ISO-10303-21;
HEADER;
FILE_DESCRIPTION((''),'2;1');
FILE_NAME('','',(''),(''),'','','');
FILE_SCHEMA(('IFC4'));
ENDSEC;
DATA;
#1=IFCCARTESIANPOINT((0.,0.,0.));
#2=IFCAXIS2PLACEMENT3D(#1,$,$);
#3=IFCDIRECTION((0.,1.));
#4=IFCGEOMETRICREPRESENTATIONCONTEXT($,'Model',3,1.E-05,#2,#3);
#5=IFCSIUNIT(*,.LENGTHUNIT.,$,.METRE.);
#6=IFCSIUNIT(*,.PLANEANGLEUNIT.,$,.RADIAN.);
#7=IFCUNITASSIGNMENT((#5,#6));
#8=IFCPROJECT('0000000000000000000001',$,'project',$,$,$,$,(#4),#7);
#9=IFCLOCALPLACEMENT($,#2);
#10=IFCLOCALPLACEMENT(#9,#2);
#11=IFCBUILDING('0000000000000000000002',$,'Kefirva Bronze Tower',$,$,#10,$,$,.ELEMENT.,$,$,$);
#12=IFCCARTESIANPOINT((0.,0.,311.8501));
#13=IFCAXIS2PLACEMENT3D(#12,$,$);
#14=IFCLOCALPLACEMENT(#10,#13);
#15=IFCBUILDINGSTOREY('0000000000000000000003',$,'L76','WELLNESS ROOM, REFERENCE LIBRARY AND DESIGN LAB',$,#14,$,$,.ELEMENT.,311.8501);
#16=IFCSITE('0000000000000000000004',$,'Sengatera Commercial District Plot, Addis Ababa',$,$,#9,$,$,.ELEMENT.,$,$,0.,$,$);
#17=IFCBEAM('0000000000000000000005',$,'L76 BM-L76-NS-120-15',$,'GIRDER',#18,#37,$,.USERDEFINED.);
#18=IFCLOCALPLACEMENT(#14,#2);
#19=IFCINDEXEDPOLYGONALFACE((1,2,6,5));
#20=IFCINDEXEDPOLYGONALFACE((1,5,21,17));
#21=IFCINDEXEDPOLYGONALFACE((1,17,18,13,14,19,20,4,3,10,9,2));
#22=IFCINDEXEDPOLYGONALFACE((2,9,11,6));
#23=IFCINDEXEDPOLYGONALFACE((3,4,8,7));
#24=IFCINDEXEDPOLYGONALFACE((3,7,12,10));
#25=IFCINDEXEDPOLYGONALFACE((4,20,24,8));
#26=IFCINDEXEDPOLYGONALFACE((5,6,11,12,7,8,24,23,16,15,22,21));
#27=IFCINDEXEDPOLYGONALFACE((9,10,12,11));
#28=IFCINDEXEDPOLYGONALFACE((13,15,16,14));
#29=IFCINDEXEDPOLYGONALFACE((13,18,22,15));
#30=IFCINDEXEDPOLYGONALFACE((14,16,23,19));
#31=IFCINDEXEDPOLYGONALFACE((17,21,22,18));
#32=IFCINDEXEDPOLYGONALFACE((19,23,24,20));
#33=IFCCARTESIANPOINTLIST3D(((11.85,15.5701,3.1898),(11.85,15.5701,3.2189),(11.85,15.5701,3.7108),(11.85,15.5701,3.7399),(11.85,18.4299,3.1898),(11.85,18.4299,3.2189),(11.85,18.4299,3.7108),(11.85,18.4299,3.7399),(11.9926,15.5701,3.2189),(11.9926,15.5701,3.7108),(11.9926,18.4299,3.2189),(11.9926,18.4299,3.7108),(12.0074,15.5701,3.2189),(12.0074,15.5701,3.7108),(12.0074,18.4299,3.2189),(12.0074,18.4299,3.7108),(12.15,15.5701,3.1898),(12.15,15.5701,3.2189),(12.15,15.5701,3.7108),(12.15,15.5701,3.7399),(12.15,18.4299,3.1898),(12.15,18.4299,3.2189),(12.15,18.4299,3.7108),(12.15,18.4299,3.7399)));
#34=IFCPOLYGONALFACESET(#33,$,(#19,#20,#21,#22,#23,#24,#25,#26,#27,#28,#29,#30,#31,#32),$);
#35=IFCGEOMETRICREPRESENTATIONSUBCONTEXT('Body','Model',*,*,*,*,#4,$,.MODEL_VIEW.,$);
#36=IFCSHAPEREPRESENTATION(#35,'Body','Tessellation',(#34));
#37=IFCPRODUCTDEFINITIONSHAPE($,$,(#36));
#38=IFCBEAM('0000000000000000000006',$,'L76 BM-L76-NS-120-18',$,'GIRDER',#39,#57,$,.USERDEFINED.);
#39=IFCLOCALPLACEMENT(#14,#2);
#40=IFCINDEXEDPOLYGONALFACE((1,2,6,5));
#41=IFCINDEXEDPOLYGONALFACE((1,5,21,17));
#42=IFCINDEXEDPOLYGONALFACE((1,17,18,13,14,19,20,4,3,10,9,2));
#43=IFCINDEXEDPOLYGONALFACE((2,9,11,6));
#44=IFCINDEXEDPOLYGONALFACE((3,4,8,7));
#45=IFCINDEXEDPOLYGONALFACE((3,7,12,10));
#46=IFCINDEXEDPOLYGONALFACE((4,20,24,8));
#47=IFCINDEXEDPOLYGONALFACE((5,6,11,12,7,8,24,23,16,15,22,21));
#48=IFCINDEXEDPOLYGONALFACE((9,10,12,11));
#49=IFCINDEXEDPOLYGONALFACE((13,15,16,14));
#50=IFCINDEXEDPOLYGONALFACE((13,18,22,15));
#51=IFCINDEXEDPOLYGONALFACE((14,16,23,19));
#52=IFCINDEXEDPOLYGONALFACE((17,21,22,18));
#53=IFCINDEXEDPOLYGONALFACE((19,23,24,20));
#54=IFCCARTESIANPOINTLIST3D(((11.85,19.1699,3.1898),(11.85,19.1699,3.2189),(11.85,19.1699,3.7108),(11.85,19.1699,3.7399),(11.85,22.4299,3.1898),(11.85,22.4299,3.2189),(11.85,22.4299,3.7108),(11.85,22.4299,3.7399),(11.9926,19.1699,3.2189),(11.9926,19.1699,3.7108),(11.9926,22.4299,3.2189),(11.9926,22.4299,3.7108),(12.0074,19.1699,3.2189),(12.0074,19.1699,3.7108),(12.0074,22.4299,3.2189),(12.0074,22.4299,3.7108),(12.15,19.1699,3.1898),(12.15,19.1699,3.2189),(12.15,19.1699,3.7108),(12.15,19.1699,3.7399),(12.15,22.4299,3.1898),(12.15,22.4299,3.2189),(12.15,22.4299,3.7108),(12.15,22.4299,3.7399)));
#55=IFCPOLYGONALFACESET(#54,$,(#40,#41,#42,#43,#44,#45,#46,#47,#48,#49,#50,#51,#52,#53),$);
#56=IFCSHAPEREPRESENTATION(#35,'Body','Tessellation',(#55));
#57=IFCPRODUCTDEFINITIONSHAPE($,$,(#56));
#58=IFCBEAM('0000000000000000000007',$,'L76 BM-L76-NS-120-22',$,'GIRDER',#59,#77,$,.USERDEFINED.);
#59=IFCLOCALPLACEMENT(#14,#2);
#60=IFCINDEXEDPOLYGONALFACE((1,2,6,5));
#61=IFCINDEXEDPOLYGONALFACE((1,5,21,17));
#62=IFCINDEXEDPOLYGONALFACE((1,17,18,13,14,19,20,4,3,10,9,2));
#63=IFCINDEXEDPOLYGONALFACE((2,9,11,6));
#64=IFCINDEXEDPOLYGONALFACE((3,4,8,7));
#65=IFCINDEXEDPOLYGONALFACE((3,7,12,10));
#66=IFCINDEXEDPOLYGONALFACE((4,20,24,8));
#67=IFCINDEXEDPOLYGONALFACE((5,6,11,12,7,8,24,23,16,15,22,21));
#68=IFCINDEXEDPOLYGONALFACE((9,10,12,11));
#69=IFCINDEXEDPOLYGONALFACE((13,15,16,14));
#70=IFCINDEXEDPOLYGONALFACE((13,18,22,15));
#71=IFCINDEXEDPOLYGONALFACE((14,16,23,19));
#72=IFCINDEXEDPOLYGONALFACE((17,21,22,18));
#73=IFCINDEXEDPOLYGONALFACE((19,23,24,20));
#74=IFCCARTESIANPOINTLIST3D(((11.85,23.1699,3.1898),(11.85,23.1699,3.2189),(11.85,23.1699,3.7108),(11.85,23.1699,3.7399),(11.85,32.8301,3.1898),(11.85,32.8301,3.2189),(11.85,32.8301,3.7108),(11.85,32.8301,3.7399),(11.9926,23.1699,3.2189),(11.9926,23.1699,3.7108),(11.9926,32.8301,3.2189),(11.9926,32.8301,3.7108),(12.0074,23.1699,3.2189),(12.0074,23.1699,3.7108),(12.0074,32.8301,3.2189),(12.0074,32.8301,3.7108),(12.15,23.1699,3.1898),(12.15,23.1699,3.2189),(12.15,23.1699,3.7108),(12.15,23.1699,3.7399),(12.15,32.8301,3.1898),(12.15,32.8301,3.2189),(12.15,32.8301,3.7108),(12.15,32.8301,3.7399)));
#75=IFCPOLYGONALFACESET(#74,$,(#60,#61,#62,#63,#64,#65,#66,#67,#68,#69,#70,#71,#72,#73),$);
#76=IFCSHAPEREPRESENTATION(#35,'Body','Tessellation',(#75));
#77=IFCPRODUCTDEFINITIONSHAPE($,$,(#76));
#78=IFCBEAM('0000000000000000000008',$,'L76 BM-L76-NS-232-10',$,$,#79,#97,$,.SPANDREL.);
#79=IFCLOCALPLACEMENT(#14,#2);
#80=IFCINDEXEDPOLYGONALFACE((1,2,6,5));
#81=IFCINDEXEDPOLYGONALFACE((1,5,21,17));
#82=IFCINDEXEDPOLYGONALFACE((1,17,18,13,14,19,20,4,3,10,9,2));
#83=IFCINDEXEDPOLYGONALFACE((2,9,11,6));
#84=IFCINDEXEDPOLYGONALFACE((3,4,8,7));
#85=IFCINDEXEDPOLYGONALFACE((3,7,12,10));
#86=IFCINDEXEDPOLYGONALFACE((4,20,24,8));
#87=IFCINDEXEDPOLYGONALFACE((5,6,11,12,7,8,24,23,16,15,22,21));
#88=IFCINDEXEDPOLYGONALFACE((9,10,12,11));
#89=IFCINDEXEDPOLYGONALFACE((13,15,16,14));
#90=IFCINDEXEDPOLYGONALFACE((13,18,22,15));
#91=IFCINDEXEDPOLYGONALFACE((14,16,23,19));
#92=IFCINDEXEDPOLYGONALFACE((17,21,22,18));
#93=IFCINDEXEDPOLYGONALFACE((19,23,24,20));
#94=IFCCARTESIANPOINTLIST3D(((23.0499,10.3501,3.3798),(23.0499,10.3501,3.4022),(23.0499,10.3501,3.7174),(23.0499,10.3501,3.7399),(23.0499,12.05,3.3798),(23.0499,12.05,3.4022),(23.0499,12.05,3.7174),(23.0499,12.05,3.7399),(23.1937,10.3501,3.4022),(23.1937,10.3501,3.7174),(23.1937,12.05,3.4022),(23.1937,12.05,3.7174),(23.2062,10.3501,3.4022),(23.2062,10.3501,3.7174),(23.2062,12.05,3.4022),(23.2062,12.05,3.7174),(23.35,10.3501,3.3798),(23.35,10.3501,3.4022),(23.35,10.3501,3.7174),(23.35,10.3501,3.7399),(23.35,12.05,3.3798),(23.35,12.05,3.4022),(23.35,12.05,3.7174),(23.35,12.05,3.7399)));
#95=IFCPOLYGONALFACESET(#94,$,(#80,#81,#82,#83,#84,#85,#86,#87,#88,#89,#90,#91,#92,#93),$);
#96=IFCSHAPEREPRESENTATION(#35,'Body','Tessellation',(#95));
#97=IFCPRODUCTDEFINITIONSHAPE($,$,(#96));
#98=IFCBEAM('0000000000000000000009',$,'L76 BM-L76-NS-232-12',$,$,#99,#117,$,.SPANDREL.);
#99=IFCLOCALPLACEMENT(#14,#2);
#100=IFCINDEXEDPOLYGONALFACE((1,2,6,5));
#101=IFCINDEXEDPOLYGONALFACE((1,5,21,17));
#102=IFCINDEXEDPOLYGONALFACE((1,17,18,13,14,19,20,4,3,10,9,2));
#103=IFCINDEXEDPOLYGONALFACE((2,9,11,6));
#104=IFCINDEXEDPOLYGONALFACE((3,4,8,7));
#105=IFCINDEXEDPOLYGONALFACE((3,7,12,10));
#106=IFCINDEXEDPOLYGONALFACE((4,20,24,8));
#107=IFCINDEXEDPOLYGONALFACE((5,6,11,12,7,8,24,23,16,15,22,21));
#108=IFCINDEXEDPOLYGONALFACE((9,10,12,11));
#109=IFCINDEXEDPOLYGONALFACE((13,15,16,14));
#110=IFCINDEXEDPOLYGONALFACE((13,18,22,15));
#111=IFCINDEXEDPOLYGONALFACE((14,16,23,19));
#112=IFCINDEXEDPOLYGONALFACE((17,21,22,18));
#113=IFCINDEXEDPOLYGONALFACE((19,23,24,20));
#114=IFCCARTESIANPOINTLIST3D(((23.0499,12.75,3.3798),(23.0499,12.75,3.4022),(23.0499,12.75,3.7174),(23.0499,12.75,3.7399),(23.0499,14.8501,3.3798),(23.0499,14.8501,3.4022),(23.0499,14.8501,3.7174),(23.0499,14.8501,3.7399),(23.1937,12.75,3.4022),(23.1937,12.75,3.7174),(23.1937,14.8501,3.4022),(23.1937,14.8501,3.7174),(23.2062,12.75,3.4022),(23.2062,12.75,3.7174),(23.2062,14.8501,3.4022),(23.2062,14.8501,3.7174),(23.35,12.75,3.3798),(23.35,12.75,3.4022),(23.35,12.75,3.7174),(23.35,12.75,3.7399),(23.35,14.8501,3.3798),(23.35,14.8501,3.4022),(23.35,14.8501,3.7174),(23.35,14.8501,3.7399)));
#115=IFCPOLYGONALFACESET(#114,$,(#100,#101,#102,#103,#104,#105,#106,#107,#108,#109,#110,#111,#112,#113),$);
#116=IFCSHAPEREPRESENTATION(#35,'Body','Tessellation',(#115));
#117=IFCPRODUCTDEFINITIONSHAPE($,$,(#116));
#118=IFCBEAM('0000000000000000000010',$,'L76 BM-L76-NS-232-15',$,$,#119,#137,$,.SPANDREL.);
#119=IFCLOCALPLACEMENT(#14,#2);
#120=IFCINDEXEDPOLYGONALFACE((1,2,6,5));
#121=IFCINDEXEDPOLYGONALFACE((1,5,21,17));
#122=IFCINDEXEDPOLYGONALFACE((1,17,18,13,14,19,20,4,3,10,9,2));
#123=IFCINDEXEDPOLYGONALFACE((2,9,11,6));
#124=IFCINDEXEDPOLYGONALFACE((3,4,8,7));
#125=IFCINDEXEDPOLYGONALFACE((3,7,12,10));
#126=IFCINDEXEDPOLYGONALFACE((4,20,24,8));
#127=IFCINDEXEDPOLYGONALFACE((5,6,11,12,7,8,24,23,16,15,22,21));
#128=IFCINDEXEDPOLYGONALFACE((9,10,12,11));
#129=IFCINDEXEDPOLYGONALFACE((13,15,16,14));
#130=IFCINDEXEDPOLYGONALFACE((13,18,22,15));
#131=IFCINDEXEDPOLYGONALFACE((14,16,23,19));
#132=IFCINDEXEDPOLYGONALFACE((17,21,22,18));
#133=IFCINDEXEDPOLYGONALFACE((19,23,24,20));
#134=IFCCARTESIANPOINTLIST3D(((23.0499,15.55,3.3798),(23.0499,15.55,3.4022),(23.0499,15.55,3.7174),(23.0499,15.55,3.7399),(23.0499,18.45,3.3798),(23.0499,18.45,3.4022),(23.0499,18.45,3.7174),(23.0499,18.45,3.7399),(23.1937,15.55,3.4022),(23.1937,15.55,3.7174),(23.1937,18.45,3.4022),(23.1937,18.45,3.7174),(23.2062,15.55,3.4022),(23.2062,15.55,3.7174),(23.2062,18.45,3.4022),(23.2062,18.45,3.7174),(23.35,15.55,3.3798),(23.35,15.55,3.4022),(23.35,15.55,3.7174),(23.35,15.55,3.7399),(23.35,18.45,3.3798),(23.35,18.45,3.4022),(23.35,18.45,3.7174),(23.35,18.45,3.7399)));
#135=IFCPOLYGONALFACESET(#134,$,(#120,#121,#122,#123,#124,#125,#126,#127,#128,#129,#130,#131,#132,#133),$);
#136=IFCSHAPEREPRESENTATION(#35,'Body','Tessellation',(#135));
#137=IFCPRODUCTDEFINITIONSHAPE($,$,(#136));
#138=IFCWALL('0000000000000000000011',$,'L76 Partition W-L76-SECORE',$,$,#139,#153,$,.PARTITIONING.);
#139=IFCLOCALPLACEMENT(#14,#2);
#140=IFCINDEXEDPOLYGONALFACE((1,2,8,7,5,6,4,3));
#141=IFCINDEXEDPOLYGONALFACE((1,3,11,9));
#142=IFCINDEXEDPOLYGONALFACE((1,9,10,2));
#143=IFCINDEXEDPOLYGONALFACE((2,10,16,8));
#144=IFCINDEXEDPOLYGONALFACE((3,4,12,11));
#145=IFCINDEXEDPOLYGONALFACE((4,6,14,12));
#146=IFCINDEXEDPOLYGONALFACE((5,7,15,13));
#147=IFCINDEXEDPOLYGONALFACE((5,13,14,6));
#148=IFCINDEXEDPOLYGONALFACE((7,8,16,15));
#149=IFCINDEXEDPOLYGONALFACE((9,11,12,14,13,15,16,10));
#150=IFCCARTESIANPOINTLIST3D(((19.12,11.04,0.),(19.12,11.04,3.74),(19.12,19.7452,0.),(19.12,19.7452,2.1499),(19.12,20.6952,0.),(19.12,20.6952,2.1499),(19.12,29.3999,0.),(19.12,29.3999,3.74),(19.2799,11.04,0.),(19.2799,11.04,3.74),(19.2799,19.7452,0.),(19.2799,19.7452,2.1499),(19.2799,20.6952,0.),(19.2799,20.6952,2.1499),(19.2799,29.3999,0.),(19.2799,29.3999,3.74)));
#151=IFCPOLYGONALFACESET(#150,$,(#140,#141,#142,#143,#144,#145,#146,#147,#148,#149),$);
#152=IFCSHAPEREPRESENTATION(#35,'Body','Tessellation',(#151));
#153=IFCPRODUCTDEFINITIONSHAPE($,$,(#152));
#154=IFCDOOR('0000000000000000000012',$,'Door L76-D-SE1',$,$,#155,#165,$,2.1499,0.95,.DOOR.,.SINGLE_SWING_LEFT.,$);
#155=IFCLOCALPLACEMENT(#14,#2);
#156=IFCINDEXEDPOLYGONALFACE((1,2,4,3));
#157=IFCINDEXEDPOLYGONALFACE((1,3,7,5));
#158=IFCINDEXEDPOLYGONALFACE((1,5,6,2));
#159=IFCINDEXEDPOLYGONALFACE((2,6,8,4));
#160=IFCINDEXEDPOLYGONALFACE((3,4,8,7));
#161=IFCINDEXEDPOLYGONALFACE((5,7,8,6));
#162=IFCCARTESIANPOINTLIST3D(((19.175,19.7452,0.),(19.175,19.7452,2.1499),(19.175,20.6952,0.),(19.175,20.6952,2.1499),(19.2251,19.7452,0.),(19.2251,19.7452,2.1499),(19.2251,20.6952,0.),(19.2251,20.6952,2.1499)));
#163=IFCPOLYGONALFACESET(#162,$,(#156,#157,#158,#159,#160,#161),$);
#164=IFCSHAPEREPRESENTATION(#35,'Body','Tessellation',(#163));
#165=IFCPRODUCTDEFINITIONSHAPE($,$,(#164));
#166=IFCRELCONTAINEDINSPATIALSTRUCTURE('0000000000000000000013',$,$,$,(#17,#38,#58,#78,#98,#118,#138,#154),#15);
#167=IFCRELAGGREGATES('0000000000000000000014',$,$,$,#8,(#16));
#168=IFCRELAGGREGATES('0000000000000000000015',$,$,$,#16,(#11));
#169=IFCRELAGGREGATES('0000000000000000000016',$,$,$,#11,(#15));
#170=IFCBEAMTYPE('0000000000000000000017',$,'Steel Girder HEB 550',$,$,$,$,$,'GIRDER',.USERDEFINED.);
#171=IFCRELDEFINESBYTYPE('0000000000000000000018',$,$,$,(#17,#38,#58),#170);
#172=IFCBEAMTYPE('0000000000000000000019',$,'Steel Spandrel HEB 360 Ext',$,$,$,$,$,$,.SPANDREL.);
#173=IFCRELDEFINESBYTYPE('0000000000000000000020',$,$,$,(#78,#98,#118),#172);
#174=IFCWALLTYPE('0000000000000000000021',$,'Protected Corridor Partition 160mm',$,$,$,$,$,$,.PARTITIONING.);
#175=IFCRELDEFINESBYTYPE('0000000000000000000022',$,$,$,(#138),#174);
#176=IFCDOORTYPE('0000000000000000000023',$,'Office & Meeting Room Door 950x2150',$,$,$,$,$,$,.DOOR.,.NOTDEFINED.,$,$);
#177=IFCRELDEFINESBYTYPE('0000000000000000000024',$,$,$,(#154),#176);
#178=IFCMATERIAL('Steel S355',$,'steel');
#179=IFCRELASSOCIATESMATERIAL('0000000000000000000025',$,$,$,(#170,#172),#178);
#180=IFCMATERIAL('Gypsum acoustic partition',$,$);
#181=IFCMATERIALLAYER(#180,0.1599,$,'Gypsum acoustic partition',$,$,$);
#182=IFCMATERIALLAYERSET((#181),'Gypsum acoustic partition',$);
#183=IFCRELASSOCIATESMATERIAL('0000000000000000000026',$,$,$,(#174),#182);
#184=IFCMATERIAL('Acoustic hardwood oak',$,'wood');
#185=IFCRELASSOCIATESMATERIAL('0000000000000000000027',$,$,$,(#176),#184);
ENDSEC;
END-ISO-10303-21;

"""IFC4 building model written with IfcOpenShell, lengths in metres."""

from ifc_helpers import new_model, si_unit, direction, frame, frame_2d, origin, origin_2d, place, context, subcontext, project, spatial, rectangle, i_section, extrude, material, layer, layer_set, material_profile, profile_set, type_object, element, fill, save


model = new_model("IFC4")

# Units and contexts
model_context = context("Model", 3, precision=1e-05, world=origin(), true_north=direction((0.0, 1.0)))
body_context = subcontext(model_context, "Body", "Model", "MODEL_VIEW")
ifc_project = project(units=[si_unit("LENGTHUNIT", "METRE"), si_unit("PLANEANGLEUNIT", "RADIAN")], contexts=[model_context])

# Site, building, storey
site_placement = place(None, origin())
site = spatial("IfcSite", under=ifc_project, at=site_placement, Name="Sengatera Commercial District Plot, Addis Ababa", CompositionType="ELEMENT", RefElevation=0.0)
building_placement = place(site_placement, origin())
building = spatial("IfcBuilding", under=site, at=building_placement, Name="Kefirva Bronze Tower", CompositionType="ELEMENT")
storey_placement = place(building_placement, frame((0.0, 0.0, 311.8501)))
storey = spatial("IfcBuildingStorey", under=building, at=storey_placement, Name="L76", Description="WELLNESS ROOM, REFERENCE LIBRARY AND DESIGN LAB", CompositionType="ELEMENT", Elevation=311.8501)

# Beams
ifc_material_1 = material(Name="Steel S355", Category="steel")
ifc_material_profile_1 = material_profile(ifc_material_1, i_section(OverallWidth=0.3, OverallDepth=0.55, WebThickness=0.0149, FlangeThickness=0.0291, at=origin_2d()), Name="HEB 550")
ifc_profile_set_1 = profile_set([ifc_material_profile_1], Name="Steel S355")
beam_type_1 = type_object("IfcBeamType", Name="Steel Girder HEB 550", ElementType="GIRDER", PredefinedType="USERDEFINED", material=ifc_profile_set_1)
beam_1_placement = place(storey_placement, frame((12.0, 15.5701, 3.4648), z_axis=(0.0, 1.0, 0.0), x_axis=(-1.0, 0.0, 0.0)))
element("IfcBeam", 1, at=beam_1_placement, inside=storey, type_object=beam_type_1, Name="L76 BM-L76-NS-120-15", ObjectType="GIRDER", PredefinedType="USERDEFINED", context=body_context, shape_type="SweptSolid", body=[
    extrude(i_section(OverallWidth=0.3, OverallDepth=0.55, WebThickness=0.0149, FlangeThickness=0.0291, at=origin_2d()), origin(), (0.0, 0.0, 1.0), 2.8599),
])
beam_2_placement = place(storey_placement, frame((12.0, 19.1699, 3.4648), z_axis=(0.0, 1.0, 0.0), x_axis=(-1.0, 0.0, 0.0)))
element("IfcBeam", 2, at=beam_2_placement, inside=storey, type_object=beam_type_1, Name="L76 BM-L76-NS-120-18", ObjectType="GIRDER", PredefinedType="USERDEFINED", context=body_context, shape_type="SweptSolid", body=[
    extrude(i_section(OverallWidth=0.3, OverallDepth=0.55, WebThickness=0.0149, FlangeThickness=0.0291, at=origin_2d()), origin(), (0.0, 0.0, 1.0), 3.26),
])
beam_3_placement = place(storey_placement, frame((12.0, 23.1699, 3.4648), z_axis=(0.0, 1.0, 0.0), x_axis=(-1.0, 0.0, 0.0)))
element("IfcBeam", 3, at=beam_3_placement, inside=storey, type_object=beam_type_1, Name="L76 BM-L76-NS-120-22", ObjectType="GIRDER", PredefinedType="USERDEFINED", context=body_context, shape_type="SweptSolid", body=[
    extrude(i_section(OverallWidth=0.3, OverallDepth=0.55, WebThickness=0.0149, FlangeThickness=0.0291, at=origin_2d()), origin(), (0.0, 0.0, 1.0), 9.6602),
])
ifc_material_profile_2 = material_profile(ifc_material_1, i_section(OverallWidth=0.3, OverallDepth=0.3601, WebThickness=0.0125, FlangeThickness=0.0225, at=origin_2d()), Name="HEB 360")
ifc_profile_set_2 = profile_set([ifc_material_profile_2], Name="Steel S355")
beam_type_2 = type_object("IfcBeamType", Name="Steel Spandrel HEB 360 Ext", PredefinedType="SPANDREL", material=ifc_profile_set_2)
beam_4_placement = place(storey_placement, frame((23.2, 10.3501, 3.5598), z_axis=(0.0, 1.0, 0.0), x_axis=(-1.0, 0.0, 0.0)))
element("IfcBeam", 4, at=beam_4_placement, inside=storey, type_object=beam_type_2, Name="L76 BM-L76-NS-232-10", PredefinedType="SPANDREL", context=body_context, shape_type="SweptSolid", body=[
    extrude(i_section(OverallWidth=0.3, OverallDepth=0.3601, WebThickness=0.0125, FlangeThickness=0.0225, at=origin_2d()), origin(), (0.0, 0.0, 1.0), 1.7),
])
beam_5_placement = place(storey_placement, frame((23.2, 12.75, 3.5598), z_axis=(0.0, 1.0, 0.0), x_axis=(-1.0, 0.0, 0.0)))
element("IfcBeam", 5, at=beam_5_placement, inside=storey, type_object=beam_type_2, Name="L76 BM-L76-NS-232-12", PredefinedType="SPANDREL", context=body_context, shape_type="SweptSolid", body=[
    extrude(i_section(OverallWidth=0.3, OverallDepth=0.3601, WebThickness=0.0125, FlangeThickness=0.0225, at=origin_2d()), origin(), (0.0, 0.0, 1.0), 2.1001),
])
beam_6_placement = place(storey_placement, frame((23.2, 15.55, 3.5598), z_axis=(0.0, 1.0, 0.0), x_axis=(-1.0, 0.0, 0.0)))
element("IfcBeam", 6, at=beam_6_placement, inside=storey, type_object=beam_type_2, Name="L76 BM-L76-NS-232-15", PredefinedType="SPANDREL", context=body_context, shape_type="SweptSolid", body=[
    extrude(i_section(OverallWidth=0.3, OverallDepth=0.3601, WebThickness=0.0125, FlangeThickness=0.0225, at=origin_2d()), origin(), (0.0, 0.0, 1.0), 2.8999),
])

# Shared definitions
ifc_material_2 = material(Name="Gypsum acoustic partition")
ifc_layer = layer(ifc_material_2, 0.1599, Name="Gypsum acoustic partition")
ifc_layer_set = layer_set([ifc_layer], Name="Gypsum acoustic partition")
wall_type = type_object("IfcWallType", Name="Protected Corridor Partition 160mm", PredefinedType="PARTITIONING", material=ifc_layer_set)
ifc_material_3 = material(Name="Acoustic hardwood oak", Category="wood")
door_type = type_object("IfcDoorType", Name="Office & Meeting Room Door 950x2150", OperationType="NOTDEFINED", PredefinedType="DOOR", material=ifc_material_3)

# Wall, opening, door
wall_1_placement = place(storey_placement, frame((19.2, 11.04, 0.0), z_axis=(0.0, 0.0, 1.0), x_axis=(0.0, 1.0, 0.0)))
wall_1 = element("IfcWall", 7, at=wall_1_placement, inside=storey, type_object=wall_type, Name="L76 Partition W-L76-SECORE", PredefinedType="PARTITIONING", context=body_context, shape_type="SweptSolid", body=[
    extrude(rectangle(XDim=18.3599, YDim=0.1599, at=frame_2d((9.1799, 0.0))), origin(), (0.0, 0.0, 1.0), 3.74),
])
opening_1_placement = place(wall_1_placement, frame((8.7051, 0.0, 0.0)))
opening_1 = element("IfcOpeningElement", 8, at=opening_1_placement, cuts=wall_1, PredefinedType="OPENING", context=body_context, shape_type="SweptSolid", body=[
    extrude(rectangle(XDim=0.95, YDim=2.1499, at=frame_2d((0.4751, 1.075))), frame((0.0, 0.0898, 0.0), z_axis=(0.0, -1.0, 0.0), x_axis=(1.0, 0.0, 0.0)), (0.0, 0.0, 1.0), 0.1799),
])
door_1_placement = place(opening_1_placement, origin())
door_1 = element("IfcDoor", 9, at=door_1_placement, inside=storey, type_object=door_type, Name="Door L76-D-SE1", OperationType="SINGLE_SWING_LEFT", OverallHeight=2.1499, OverallWidth=0.95, PredefinedType="DOOR", context=body_context, shape_type="SweptSolid", body=[
    extrude(rectangle(XDim=0.95, YDim=2.1499, at=frame_2d((0.4751, 1.075))), frame((0.0, 0.0249, 0.0), z_axis=(0.0, -1.0, 0.0), x_axis=(1.0, 0.0, 0.0)), (0.0, 0.0, 1.0), 0.05),
])
fill(opening_1, door_1)

save(model, "model.ifc")
